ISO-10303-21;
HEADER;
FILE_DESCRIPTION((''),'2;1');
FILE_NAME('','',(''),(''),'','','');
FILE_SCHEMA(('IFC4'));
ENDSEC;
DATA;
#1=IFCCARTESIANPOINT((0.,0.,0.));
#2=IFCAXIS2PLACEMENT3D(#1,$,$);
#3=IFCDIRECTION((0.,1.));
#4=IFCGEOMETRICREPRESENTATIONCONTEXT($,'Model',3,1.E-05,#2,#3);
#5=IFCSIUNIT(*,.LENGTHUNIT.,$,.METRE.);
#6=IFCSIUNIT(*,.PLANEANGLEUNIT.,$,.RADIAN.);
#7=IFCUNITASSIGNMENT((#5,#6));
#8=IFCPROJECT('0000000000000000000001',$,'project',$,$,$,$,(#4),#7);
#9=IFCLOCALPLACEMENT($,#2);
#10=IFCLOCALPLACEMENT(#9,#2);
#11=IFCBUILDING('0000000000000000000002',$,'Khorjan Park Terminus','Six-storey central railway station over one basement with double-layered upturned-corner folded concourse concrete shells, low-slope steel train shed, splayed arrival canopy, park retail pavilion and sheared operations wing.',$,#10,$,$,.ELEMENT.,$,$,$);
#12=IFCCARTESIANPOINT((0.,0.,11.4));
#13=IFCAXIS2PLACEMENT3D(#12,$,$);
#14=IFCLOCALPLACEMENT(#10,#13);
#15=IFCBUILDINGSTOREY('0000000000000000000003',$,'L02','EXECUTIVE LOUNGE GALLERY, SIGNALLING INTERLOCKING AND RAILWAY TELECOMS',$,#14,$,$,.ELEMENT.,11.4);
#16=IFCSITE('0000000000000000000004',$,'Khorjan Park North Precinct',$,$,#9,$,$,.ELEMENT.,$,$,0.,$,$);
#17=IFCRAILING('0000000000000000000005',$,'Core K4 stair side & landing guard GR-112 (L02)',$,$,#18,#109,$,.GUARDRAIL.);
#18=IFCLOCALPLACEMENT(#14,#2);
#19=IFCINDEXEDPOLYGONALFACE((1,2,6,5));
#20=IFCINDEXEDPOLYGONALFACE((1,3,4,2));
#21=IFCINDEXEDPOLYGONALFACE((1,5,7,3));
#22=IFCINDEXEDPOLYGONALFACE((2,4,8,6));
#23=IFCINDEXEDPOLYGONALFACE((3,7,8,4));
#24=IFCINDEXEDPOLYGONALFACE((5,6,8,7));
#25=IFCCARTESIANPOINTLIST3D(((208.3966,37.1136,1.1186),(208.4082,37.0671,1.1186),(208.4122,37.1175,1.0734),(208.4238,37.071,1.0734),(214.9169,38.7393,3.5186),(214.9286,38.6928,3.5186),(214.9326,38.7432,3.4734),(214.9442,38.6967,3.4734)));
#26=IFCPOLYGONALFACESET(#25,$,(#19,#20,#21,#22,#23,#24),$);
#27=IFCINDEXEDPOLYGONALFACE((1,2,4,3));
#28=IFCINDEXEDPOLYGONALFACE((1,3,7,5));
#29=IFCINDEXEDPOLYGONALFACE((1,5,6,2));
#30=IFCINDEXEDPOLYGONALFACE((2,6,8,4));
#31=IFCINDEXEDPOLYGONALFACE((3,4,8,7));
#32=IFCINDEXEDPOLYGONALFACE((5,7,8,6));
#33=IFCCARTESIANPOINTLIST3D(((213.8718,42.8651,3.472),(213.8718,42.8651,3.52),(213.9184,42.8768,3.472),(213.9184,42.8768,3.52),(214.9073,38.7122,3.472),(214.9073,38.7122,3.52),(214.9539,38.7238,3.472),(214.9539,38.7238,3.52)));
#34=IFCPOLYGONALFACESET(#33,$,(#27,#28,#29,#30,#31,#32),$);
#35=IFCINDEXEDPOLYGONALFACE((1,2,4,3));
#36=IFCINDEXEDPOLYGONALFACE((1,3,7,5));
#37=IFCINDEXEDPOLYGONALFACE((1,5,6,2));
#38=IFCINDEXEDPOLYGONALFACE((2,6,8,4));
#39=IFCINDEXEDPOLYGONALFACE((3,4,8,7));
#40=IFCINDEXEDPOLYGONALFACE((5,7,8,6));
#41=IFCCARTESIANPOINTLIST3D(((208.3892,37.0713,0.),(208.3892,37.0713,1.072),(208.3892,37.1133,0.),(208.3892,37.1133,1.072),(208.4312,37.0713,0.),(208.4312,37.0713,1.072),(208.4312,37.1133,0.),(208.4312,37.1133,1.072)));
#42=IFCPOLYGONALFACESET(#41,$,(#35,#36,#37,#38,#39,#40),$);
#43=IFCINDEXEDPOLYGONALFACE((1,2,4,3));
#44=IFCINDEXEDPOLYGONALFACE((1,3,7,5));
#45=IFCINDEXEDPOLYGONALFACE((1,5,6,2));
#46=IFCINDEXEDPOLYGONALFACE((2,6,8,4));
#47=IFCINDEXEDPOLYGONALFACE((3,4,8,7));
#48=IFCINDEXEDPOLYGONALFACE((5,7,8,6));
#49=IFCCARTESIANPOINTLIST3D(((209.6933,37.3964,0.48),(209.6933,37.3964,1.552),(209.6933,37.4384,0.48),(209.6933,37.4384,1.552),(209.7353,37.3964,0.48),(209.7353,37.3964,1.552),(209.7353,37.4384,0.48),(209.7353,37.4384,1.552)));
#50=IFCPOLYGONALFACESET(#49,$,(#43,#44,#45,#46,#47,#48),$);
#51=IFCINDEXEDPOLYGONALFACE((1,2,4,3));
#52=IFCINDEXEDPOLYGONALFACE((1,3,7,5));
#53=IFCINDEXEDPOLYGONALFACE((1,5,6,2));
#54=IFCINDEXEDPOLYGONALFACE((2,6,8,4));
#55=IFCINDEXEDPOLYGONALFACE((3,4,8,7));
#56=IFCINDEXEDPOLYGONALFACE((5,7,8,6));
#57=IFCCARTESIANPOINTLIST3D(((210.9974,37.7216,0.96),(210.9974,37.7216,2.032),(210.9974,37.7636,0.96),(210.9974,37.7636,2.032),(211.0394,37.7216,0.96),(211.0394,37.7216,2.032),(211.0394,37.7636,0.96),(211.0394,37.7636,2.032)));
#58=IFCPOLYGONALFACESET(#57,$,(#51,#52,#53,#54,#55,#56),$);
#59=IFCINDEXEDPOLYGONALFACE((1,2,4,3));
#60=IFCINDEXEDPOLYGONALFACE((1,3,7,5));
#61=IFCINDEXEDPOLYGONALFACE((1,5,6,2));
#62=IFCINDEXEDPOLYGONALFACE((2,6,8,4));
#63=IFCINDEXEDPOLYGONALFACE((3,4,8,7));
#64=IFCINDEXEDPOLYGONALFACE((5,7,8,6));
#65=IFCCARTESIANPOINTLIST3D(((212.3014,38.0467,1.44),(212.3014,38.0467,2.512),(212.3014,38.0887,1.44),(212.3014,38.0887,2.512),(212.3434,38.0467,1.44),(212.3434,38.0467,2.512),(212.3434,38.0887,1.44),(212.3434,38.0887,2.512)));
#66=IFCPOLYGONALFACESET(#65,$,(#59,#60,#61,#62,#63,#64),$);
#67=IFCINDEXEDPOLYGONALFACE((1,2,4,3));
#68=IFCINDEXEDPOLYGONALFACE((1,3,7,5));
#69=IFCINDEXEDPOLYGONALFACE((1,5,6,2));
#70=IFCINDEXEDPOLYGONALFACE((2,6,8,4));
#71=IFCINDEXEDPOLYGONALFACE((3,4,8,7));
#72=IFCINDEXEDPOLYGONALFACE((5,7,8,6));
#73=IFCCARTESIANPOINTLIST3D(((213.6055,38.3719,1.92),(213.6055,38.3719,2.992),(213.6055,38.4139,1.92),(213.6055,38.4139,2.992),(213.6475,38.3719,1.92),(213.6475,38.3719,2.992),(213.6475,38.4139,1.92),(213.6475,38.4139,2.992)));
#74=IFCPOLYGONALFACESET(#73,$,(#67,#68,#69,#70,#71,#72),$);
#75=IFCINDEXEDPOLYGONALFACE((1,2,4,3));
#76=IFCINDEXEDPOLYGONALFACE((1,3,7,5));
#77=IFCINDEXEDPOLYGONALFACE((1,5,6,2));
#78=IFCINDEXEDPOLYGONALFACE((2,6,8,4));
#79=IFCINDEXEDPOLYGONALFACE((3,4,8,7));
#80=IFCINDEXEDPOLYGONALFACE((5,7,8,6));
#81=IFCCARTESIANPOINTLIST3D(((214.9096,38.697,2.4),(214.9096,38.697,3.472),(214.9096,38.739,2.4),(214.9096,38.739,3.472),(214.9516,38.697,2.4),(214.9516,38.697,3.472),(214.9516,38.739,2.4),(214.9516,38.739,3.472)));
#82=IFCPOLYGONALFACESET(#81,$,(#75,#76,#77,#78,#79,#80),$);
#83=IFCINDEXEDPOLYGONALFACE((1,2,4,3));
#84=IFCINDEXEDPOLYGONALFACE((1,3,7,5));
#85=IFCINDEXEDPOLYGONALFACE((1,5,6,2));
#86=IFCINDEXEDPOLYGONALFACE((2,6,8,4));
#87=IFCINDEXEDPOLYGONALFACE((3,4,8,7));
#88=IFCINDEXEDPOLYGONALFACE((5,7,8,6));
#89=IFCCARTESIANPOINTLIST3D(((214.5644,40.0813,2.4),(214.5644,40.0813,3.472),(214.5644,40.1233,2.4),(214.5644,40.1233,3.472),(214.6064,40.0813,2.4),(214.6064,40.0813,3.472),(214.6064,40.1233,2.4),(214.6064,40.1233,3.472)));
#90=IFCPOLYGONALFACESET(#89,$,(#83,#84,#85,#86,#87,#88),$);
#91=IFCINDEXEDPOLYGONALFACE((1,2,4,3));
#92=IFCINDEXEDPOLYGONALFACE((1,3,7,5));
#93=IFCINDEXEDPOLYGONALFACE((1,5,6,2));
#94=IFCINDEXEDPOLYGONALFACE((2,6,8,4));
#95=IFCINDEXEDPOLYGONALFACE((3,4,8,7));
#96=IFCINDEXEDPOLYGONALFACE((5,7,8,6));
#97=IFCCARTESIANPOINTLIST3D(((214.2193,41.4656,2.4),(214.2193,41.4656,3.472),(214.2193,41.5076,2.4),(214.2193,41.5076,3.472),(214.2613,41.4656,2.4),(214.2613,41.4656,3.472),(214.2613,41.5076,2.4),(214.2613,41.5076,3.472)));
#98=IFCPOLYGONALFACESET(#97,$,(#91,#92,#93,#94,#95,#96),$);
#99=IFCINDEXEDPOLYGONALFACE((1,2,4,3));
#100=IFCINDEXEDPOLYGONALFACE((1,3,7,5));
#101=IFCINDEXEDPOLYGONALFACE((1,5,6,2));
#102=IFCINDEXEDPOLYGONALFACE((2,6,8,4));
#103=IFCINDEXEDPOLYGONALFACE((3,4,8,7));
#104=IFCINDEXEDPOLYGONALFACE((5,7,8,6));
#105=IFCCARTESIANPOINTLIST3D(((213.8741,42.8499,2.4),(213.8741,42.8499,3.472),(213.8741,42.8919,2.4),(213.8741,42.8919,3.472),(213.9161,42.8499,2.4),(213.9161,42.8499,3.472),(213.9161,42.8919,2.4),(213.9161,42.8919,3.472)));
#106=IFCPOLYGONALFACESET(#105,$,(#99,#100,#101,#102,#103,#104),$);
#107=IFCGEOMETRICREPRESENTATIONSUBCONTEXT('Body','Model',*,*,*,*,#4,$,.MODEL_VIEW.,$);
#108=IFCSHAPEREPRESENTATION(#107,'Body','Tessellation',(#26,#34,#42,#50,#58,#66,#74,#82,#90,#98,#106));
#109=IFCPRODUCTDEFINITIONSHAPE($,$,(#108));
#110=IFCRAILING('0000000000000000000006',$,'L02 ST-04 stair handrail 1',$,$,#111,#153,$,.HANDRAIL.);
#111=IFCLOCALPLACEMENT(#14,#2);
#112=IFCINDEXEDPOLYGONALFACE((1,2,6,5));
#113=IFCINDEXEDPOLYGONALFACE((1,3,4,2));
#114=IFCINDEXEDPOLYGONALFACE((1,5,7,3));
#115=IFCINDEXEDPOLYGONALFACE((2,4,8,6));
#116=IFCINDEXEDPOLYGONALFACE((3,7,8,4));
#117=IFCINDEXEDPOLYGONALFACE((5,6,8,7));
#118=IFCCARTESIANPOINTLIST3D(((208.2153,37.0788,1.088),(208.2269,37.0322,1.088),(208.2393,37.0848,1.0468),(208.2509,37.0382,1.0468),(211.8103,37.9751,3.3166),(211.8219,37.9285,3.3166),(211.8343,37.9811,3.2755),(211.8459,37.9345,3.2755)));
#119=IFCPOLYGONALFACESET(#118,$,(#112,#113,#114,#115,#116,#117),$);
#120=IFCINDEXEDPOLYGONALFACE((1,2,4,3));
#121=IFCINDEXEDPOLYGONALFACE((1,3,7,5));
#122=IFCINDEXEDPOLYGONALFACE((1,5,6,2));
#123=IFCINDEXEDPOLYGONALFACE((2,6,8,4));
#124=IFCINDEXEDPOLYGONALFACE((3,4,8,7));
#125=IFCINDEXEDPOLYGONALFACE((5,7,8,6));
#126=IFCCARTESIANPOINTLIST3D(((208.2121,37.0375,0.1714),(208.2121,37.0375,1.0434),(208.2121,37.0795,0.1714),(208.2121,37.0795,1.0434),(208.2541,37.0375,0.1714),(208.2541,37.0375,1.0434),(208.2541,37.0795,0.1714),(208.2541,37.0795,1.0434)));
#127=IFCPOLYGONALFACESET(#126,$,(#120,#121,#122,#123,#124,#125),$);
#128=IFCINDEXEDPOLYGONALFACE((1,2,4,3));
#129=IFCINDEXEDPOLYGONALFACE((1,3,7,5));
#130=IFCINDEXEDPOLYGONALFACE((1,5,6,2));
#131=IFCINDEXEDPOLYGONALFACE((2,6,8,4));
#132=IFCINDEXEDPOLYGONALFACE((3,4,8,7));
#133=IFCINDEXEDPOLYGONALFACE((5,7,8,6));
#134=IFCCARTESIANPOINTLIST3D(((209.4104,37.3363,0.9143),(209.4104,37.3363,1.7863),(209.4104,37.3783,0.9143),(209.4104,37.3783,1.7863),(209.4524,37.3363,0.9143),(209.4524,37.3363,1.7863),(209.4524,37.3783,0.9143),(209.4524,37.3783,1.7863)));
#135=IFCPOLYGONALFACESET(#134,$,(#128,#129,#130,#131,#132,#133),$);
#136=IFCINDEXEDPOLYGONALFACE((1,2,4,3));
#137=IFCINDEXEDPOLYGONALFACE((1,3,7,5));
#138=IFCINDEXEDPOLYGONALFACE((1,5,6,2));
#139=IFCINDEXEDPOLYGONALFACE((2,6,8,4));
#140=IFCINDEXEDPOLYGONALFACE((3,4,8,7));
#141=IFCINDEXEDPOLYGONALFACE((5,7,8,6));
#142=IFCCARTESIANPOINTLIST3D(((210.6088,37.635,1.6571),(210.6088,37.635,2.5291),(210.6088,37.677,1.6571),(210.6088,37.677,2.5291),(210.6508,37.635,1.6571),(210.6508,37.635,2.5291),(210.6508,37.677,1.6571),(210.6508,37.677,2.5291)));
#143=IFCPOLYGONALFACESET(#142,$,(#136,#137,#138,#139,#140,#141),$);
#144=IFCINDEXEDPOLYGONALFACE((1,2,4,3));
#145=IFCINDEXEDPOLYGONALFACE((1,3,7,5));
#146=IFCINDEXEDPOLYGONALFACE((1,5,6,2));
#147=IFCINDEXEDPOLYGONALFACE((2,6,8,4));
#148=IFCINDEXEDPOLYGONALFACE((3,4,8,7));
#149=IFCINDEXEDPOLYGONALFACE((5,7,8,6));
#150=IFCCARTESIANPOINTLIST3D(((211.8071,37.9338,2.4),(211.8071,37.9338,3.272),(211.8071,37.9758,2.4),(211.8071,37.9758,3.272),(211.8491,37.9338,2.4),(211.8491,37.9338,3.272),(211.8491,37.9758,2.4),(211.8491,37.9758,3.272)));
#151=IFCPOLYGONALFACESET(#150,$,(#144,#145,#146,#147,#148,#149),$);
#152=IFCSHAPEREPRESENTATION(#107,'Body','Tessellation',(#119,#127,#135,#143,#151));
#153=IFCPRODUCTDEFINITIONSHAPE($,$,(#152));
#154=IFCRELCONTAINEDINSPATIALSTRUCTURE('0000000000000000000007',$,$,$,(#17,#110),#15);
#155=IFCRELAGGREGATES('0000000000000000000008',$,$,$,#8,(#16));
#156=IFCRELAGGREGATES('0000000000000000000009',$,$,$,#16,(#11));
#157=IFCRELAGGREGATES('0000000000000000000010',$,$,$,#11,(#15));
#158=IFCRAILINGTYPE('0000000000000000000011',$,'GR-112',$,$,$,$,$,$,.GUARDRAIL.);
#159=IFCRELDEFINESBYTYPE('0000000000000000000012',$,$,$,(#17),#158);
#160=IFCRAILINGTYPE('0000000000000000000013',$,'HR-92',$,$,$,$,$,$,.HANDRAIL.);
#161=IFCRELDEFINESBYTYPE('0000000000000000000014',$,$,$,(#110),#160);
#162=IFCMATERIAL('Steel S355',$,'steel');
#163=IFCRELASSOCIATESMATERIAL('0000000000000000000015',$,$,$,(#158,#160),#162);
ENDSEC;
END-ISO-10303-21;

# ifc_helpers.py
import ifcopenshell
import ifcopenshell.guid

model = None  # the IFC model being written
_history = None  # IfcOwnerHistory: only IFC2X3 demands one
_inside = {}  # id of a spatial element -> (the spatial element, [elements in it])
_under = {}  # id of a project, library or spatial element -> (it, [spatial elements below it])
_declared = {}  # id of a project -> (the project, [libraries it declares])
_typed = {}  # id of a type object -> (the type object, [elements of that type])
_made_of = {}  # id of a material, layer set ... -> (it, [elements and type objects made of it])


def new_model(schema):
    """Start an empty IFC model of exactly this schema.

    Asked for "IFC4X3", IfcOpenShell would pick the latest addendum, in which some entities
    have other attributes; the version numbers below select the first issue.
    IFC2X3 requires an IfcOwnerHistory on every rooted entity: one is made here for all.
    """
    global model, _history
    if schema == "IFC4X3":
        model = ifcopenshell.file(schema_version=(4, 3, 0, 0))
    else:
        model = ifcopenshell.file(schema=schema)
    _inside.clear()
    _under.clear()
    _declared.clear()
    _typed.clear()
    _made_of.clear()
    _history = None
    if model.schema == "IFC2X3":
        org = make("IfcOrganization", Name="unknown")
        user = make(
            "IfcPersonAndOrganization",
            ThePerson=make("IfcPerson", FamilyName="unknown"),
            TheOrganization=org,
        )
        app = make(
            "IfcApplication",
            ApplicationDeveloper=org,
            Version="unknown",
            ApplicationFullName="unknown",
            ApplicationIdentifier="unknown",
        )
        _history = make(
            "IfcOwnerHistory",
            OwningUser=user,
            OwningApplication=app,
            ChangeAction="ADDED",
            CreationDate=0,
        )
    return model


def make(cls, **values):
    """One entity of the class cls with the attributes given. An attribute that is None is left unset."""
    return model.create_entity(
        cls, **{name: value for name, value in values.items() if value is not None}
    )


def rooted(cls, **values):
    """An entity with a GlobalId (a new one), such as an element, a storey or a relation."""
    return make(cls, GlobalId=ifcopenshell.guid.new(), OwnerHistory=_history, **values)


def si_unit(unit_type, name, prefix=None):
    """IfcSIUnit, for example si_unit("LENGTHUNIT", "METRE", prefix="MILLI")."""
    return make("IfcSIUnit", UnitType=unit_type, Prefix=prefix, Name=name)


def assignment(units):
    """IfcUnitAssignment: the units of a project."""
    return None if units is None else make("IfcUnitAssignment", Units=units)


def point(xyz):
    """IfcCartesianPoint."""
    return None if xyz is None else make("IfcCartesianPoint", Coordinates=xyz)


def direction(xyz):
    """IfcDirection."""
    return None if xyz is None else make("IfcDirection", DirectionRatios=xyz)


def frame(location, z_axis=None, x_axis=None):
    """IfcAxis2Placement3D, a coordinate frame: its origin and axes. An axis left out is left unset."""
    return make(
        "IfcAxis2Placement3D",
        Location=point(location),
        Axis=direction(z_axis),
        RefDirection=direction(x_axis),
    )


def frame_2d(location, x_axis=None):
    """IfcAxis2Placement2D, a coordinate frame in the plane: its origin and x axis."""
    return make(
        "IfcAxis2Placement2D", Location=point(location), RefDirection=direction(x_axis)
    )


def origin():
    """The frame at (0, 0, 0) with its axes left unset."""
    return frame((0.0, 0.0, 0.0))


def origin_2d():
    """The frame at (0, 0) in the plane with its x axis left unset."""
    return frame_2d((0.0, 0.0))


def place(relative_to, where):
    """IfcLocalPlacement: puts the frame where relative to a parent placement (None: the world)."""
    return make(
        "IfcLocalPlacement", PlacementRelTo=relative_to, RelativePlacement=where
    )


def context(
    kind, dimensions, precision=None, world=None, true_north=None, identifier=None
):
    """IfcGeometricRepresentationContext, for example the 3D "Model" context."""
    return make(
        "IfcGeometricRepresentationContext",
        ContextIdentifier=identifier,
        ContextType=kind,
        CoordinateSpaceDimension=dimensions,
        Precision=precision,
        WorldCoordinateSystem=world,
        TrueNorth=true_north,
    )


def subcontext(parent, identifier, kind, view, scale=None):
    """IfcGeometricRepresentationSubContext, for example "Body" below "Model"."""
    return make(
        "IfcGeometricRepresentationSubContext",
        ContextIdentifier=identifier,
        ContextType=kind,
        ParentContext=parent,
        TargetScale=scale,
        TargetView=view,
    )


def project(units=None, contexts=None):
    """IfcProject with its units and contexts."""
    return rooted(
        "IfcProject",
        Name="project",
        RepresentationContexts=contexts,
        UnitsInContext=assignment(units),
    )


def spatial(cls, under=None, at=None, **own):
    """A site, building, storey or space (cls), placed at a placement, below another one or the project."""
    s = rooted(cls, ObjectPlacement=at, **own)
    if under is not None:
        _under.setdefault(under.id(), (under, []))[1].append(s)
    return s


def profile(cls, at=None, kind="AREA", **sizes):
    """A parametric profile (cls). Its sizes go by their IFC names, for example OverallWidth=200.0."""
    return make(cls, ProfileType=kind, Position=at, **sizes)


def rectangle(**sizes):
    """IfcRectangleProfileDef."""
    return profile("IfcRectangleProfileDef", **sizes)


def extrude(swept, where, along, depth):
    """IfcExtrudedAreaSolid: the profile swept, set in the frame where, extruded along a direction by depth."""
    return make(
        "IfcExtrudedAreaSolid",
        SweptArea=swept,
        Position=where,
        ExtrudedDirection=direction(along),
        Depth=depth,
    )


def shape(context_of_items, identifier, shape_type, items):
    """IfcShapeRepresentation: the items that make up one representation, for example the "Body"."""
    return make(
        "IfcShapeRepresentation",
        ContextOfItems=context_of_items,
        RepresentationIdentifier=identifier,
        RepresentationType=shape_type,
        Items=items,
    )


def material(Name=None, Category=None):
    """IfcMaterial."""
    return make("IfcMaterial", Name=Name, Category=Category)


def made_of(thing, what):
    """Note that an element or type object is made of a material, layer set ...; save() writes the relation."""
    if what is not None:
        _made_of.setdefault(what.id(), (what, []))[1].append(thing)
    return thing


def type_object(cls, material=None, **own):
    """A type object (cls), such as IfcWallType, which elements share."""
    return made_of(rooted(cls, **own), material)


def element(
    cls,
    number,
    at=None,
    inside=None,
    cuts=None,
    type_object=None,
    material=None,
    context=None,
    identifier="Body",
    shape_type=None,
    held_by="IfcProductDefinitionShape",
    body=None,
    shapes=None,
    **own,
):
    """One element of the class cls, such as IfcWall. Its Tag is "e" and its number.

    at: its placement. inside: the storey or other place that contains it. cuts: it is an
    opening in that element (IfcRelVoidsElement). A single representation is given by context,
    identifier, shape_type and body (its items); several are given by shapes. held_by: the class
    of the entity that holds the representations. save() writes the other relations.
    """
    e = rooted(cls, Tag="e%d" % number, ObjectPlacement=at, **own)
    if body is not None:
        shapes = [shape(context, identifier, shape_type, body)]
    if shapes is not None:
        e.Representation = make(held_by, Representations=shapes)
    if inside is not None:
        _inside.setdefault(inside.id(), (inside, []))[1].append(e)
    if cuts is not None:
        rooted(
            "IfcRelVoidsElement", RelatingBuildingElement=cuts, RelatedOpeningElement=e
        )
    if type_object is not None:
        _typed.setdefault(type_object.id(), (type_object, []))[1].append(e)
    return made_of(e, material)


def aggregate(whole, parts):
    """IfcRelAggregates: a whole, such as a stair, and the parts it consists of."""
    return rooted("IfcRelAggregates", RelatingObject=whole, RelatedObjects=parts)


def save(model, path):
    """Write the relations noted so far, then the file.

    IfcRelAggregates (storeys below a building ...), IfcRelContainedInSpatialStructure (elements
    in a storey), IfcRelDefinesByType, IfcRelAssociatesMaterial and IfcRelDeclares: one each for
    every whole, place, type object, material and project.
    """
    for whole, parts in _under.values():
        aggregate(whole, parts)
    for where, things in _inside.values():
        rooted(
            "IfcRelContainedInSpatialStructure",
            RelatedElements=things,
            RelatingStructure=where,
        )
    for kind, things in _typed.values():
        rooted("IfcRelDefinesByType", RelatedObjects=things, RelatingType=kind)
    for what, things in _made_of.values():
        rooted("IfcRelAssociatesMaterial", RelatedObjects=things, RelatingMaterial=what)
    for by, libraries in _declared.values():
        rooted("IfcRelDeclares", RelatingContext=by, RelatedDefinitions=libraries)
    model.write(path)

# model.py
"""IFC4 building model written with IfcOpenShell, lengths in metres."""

from ifc_helpers import new_model, si_unit, direction, frame, origin, origin_2d, place, context, subcontext, project, spatial, rectangle, extrude, material, type_object, element, save


model = new_model("IFC4")

# Units and contexts
model_context = context("Model", 3, precision=1e-05, world=origin(), true_north=direction((0.0, 1.0)))
body_context = subcontext(model_context, "Body", "Model", "MODEL_VIEW")
ifc_project = project(units=[si_unit("LENGTHUNIT", "METRE"), si_unit("PLANEANGLEUNIT", "RADIAN")], contexts=[model_context])

# Site, building, storey
site_placement = place(None, origin())
site = spatial("IfcSite", under=ifc_project, at=site_placement, Name="Khorjan Park North Precinct", CompositionType="ELEMENT", RefElevation=0.0)
building_placement = place(site_placement, origin())
building = spatial("IfcBuilding", under=site, at=building_placement, Name="Khorjan Park Terminus", Description="Six-storey central railway station over one basement with double-layered upturned-corner folded concourse concrete shells, low-slope steel train shed, splayed arrival canopy, park retail pavilion and sheared operations wing.", CompositionType="ELEMENT")
storey_placement = place(building_placement, frame((0.0, 0.0, 11.4)))
storey = spatial("IfcBuildingStorey", under=building, at=storey_placement, Name="L02", Description="EXECUTIVE LOUNGE GALLERY, SIGNALLING INTERLOCKING AND RAILWAY TELECOMS", CompositionType="ELEMENT", Elevation=11.4)

# Shared definitions
ifc_material_1 = material(Name="Steel S355", Category="steel")

# Railings
railing_type_1 = type_object("IfcRailingType", Name="GR-112", PredefinedType="GUARDRAIL", material=ifc_material_1)
railing_1_placement = place(storey_placement, frame((208.4102, 37.0923, 0.0)))
element("IfcRailing", 1, at=railing_1_placement, inside=storey, type_object=railing_type_1, Name="Core K4 stair side & landing guard GR-112 (L02)", PredefinedType="GUARDRAIL", context=body_context, shape_type="SweptSolid", body=[
    extrude(rectangle(XDim=0.048, YDim=0.048, at=origin_2d()), frame((0.0, 0.0, 1.096), z_axis=(0.913769, 0.227826, 0.336336), x_axis=(-0.241919, 0.970296, 0.0)), (0.0, 0.0, 1.0), 7.1357),
    extrude(rectangle(XDim=0.048, YDim=0.048, at=origin_2d()), frame((6.5204, 1.6257, 3.496), z_axis=(-0.241936, 0.970292, 0.0), x_axis=(-0.970292, -0.241936, 0.0)), (0.0, 0.0, 1.0), 4.2801),
    extrude(rectangle(XDim=0.042, YDim=0.042, at=origin_2d()), origin(), (0.0, 0.0, 1.0), 1.072),
    extrude(rectangle(XDim=0.042, YDim=0.042, at=origin_2d()), frame((1.3041, 0.3251, 0.48)), (0.0, 0.0, 1.0), 1.072),
    extrude(rectangle(XDim=0.042, YDim=0.042, at=origin_2d()), frame((2.6082, 0.6503, 0.96)), (0.0, 0.0, 1.0), 1.072),
    extrude(rectangle(XDim=0.042, YDim=0.042, at=origin_2d()), frame((3.9122, 0.9754, 1.44)), (0.0, 0.0, 1.0), 1.072),
    extrude(rectangle(XDim=0.042, YDim=0.042, at=origin_2d()), frame((5.2163, 1.3006, 1.92)), (0.0, 0.0, 1.0), 1.072),
    extrude(rectangle(XDim=0.042, YDim=0.042, at=origin_2d()), frame((6.5204, 1.6257, 2.4)), (0.0, 0.0, 1.0), 1.072),
    extrude(rectangle(XDim=0.042, YDim=0.042, at=origin_2d()), frame((6.1752, 3.01, 2.4)), (0.0, 0.0, 1.0), 1.072),
    extrude(rectangle(XDim=0.042, YDim=0.042, at=origin_2d()), frame((5.8301, 4.3943, 2.4)), (0.0, 0.0, 1.0), 1.072),
    extrude(rectangle(XDim=0.042, YDim=0.042, at=origin_2d()), frame((5.4849, 5.7786, 2.4)), (0.0, 0.0, 1.0), 1.072),
])
railing_type_2 = type_object("IfcRailingType", Name="HR-92", PredefinedType="HANDRAIL", material=ifc_material_1)
railing_2_placement = place(storey_placement, frame((208.2331, 37.0585, 0.1714)))
element("IfcRailing", 2, at=railing_2_placement, inside=storey, type_object=railing_type_2, Name="L02 ST-04 stair handrail 1", PredefinedType="HANDRAIL", context=body_context, shape_type="SweptSolid", body=[
    extrude(rectangle(XDim=0.048, YDim=0.048, at=origin_2d()), frame((0.0, 0.0, 0.896), z_axis=(0.831471, 0.207301, 0.515443), x_axis=(-0.241913, 0.970298, 0.0)), (0.0, 0.0, 1.0), 4.3237),
    extrude(rectangle(XDim=0.042, YDim=0.042, at=origin_2d()), origin(), (0.0, 0.0, 1.0), 0.872),
    extrude(rectangle(XDim=0.042, YDim=0.042, at=origin_2d()), frame((1.1983, 0.2988, 0.7429)), (0.0, 0.0, 1.0), 0.872),
    extrude(rectangle(XDim=0.042, YDim=0.042, at=origin_2d()), frame((2.3967, 0.5975, 1.4857)), (0.0, 0.0, 1.0), 0.872),
    extrude(rectangle(XDim=0.042, YDim=0.042, at=origin_2d()), frame((3.595, 0.8963, 2.2286)), (0.0, 0.0, 1.0), 0.872),
])

save(model, "model.ifc")
